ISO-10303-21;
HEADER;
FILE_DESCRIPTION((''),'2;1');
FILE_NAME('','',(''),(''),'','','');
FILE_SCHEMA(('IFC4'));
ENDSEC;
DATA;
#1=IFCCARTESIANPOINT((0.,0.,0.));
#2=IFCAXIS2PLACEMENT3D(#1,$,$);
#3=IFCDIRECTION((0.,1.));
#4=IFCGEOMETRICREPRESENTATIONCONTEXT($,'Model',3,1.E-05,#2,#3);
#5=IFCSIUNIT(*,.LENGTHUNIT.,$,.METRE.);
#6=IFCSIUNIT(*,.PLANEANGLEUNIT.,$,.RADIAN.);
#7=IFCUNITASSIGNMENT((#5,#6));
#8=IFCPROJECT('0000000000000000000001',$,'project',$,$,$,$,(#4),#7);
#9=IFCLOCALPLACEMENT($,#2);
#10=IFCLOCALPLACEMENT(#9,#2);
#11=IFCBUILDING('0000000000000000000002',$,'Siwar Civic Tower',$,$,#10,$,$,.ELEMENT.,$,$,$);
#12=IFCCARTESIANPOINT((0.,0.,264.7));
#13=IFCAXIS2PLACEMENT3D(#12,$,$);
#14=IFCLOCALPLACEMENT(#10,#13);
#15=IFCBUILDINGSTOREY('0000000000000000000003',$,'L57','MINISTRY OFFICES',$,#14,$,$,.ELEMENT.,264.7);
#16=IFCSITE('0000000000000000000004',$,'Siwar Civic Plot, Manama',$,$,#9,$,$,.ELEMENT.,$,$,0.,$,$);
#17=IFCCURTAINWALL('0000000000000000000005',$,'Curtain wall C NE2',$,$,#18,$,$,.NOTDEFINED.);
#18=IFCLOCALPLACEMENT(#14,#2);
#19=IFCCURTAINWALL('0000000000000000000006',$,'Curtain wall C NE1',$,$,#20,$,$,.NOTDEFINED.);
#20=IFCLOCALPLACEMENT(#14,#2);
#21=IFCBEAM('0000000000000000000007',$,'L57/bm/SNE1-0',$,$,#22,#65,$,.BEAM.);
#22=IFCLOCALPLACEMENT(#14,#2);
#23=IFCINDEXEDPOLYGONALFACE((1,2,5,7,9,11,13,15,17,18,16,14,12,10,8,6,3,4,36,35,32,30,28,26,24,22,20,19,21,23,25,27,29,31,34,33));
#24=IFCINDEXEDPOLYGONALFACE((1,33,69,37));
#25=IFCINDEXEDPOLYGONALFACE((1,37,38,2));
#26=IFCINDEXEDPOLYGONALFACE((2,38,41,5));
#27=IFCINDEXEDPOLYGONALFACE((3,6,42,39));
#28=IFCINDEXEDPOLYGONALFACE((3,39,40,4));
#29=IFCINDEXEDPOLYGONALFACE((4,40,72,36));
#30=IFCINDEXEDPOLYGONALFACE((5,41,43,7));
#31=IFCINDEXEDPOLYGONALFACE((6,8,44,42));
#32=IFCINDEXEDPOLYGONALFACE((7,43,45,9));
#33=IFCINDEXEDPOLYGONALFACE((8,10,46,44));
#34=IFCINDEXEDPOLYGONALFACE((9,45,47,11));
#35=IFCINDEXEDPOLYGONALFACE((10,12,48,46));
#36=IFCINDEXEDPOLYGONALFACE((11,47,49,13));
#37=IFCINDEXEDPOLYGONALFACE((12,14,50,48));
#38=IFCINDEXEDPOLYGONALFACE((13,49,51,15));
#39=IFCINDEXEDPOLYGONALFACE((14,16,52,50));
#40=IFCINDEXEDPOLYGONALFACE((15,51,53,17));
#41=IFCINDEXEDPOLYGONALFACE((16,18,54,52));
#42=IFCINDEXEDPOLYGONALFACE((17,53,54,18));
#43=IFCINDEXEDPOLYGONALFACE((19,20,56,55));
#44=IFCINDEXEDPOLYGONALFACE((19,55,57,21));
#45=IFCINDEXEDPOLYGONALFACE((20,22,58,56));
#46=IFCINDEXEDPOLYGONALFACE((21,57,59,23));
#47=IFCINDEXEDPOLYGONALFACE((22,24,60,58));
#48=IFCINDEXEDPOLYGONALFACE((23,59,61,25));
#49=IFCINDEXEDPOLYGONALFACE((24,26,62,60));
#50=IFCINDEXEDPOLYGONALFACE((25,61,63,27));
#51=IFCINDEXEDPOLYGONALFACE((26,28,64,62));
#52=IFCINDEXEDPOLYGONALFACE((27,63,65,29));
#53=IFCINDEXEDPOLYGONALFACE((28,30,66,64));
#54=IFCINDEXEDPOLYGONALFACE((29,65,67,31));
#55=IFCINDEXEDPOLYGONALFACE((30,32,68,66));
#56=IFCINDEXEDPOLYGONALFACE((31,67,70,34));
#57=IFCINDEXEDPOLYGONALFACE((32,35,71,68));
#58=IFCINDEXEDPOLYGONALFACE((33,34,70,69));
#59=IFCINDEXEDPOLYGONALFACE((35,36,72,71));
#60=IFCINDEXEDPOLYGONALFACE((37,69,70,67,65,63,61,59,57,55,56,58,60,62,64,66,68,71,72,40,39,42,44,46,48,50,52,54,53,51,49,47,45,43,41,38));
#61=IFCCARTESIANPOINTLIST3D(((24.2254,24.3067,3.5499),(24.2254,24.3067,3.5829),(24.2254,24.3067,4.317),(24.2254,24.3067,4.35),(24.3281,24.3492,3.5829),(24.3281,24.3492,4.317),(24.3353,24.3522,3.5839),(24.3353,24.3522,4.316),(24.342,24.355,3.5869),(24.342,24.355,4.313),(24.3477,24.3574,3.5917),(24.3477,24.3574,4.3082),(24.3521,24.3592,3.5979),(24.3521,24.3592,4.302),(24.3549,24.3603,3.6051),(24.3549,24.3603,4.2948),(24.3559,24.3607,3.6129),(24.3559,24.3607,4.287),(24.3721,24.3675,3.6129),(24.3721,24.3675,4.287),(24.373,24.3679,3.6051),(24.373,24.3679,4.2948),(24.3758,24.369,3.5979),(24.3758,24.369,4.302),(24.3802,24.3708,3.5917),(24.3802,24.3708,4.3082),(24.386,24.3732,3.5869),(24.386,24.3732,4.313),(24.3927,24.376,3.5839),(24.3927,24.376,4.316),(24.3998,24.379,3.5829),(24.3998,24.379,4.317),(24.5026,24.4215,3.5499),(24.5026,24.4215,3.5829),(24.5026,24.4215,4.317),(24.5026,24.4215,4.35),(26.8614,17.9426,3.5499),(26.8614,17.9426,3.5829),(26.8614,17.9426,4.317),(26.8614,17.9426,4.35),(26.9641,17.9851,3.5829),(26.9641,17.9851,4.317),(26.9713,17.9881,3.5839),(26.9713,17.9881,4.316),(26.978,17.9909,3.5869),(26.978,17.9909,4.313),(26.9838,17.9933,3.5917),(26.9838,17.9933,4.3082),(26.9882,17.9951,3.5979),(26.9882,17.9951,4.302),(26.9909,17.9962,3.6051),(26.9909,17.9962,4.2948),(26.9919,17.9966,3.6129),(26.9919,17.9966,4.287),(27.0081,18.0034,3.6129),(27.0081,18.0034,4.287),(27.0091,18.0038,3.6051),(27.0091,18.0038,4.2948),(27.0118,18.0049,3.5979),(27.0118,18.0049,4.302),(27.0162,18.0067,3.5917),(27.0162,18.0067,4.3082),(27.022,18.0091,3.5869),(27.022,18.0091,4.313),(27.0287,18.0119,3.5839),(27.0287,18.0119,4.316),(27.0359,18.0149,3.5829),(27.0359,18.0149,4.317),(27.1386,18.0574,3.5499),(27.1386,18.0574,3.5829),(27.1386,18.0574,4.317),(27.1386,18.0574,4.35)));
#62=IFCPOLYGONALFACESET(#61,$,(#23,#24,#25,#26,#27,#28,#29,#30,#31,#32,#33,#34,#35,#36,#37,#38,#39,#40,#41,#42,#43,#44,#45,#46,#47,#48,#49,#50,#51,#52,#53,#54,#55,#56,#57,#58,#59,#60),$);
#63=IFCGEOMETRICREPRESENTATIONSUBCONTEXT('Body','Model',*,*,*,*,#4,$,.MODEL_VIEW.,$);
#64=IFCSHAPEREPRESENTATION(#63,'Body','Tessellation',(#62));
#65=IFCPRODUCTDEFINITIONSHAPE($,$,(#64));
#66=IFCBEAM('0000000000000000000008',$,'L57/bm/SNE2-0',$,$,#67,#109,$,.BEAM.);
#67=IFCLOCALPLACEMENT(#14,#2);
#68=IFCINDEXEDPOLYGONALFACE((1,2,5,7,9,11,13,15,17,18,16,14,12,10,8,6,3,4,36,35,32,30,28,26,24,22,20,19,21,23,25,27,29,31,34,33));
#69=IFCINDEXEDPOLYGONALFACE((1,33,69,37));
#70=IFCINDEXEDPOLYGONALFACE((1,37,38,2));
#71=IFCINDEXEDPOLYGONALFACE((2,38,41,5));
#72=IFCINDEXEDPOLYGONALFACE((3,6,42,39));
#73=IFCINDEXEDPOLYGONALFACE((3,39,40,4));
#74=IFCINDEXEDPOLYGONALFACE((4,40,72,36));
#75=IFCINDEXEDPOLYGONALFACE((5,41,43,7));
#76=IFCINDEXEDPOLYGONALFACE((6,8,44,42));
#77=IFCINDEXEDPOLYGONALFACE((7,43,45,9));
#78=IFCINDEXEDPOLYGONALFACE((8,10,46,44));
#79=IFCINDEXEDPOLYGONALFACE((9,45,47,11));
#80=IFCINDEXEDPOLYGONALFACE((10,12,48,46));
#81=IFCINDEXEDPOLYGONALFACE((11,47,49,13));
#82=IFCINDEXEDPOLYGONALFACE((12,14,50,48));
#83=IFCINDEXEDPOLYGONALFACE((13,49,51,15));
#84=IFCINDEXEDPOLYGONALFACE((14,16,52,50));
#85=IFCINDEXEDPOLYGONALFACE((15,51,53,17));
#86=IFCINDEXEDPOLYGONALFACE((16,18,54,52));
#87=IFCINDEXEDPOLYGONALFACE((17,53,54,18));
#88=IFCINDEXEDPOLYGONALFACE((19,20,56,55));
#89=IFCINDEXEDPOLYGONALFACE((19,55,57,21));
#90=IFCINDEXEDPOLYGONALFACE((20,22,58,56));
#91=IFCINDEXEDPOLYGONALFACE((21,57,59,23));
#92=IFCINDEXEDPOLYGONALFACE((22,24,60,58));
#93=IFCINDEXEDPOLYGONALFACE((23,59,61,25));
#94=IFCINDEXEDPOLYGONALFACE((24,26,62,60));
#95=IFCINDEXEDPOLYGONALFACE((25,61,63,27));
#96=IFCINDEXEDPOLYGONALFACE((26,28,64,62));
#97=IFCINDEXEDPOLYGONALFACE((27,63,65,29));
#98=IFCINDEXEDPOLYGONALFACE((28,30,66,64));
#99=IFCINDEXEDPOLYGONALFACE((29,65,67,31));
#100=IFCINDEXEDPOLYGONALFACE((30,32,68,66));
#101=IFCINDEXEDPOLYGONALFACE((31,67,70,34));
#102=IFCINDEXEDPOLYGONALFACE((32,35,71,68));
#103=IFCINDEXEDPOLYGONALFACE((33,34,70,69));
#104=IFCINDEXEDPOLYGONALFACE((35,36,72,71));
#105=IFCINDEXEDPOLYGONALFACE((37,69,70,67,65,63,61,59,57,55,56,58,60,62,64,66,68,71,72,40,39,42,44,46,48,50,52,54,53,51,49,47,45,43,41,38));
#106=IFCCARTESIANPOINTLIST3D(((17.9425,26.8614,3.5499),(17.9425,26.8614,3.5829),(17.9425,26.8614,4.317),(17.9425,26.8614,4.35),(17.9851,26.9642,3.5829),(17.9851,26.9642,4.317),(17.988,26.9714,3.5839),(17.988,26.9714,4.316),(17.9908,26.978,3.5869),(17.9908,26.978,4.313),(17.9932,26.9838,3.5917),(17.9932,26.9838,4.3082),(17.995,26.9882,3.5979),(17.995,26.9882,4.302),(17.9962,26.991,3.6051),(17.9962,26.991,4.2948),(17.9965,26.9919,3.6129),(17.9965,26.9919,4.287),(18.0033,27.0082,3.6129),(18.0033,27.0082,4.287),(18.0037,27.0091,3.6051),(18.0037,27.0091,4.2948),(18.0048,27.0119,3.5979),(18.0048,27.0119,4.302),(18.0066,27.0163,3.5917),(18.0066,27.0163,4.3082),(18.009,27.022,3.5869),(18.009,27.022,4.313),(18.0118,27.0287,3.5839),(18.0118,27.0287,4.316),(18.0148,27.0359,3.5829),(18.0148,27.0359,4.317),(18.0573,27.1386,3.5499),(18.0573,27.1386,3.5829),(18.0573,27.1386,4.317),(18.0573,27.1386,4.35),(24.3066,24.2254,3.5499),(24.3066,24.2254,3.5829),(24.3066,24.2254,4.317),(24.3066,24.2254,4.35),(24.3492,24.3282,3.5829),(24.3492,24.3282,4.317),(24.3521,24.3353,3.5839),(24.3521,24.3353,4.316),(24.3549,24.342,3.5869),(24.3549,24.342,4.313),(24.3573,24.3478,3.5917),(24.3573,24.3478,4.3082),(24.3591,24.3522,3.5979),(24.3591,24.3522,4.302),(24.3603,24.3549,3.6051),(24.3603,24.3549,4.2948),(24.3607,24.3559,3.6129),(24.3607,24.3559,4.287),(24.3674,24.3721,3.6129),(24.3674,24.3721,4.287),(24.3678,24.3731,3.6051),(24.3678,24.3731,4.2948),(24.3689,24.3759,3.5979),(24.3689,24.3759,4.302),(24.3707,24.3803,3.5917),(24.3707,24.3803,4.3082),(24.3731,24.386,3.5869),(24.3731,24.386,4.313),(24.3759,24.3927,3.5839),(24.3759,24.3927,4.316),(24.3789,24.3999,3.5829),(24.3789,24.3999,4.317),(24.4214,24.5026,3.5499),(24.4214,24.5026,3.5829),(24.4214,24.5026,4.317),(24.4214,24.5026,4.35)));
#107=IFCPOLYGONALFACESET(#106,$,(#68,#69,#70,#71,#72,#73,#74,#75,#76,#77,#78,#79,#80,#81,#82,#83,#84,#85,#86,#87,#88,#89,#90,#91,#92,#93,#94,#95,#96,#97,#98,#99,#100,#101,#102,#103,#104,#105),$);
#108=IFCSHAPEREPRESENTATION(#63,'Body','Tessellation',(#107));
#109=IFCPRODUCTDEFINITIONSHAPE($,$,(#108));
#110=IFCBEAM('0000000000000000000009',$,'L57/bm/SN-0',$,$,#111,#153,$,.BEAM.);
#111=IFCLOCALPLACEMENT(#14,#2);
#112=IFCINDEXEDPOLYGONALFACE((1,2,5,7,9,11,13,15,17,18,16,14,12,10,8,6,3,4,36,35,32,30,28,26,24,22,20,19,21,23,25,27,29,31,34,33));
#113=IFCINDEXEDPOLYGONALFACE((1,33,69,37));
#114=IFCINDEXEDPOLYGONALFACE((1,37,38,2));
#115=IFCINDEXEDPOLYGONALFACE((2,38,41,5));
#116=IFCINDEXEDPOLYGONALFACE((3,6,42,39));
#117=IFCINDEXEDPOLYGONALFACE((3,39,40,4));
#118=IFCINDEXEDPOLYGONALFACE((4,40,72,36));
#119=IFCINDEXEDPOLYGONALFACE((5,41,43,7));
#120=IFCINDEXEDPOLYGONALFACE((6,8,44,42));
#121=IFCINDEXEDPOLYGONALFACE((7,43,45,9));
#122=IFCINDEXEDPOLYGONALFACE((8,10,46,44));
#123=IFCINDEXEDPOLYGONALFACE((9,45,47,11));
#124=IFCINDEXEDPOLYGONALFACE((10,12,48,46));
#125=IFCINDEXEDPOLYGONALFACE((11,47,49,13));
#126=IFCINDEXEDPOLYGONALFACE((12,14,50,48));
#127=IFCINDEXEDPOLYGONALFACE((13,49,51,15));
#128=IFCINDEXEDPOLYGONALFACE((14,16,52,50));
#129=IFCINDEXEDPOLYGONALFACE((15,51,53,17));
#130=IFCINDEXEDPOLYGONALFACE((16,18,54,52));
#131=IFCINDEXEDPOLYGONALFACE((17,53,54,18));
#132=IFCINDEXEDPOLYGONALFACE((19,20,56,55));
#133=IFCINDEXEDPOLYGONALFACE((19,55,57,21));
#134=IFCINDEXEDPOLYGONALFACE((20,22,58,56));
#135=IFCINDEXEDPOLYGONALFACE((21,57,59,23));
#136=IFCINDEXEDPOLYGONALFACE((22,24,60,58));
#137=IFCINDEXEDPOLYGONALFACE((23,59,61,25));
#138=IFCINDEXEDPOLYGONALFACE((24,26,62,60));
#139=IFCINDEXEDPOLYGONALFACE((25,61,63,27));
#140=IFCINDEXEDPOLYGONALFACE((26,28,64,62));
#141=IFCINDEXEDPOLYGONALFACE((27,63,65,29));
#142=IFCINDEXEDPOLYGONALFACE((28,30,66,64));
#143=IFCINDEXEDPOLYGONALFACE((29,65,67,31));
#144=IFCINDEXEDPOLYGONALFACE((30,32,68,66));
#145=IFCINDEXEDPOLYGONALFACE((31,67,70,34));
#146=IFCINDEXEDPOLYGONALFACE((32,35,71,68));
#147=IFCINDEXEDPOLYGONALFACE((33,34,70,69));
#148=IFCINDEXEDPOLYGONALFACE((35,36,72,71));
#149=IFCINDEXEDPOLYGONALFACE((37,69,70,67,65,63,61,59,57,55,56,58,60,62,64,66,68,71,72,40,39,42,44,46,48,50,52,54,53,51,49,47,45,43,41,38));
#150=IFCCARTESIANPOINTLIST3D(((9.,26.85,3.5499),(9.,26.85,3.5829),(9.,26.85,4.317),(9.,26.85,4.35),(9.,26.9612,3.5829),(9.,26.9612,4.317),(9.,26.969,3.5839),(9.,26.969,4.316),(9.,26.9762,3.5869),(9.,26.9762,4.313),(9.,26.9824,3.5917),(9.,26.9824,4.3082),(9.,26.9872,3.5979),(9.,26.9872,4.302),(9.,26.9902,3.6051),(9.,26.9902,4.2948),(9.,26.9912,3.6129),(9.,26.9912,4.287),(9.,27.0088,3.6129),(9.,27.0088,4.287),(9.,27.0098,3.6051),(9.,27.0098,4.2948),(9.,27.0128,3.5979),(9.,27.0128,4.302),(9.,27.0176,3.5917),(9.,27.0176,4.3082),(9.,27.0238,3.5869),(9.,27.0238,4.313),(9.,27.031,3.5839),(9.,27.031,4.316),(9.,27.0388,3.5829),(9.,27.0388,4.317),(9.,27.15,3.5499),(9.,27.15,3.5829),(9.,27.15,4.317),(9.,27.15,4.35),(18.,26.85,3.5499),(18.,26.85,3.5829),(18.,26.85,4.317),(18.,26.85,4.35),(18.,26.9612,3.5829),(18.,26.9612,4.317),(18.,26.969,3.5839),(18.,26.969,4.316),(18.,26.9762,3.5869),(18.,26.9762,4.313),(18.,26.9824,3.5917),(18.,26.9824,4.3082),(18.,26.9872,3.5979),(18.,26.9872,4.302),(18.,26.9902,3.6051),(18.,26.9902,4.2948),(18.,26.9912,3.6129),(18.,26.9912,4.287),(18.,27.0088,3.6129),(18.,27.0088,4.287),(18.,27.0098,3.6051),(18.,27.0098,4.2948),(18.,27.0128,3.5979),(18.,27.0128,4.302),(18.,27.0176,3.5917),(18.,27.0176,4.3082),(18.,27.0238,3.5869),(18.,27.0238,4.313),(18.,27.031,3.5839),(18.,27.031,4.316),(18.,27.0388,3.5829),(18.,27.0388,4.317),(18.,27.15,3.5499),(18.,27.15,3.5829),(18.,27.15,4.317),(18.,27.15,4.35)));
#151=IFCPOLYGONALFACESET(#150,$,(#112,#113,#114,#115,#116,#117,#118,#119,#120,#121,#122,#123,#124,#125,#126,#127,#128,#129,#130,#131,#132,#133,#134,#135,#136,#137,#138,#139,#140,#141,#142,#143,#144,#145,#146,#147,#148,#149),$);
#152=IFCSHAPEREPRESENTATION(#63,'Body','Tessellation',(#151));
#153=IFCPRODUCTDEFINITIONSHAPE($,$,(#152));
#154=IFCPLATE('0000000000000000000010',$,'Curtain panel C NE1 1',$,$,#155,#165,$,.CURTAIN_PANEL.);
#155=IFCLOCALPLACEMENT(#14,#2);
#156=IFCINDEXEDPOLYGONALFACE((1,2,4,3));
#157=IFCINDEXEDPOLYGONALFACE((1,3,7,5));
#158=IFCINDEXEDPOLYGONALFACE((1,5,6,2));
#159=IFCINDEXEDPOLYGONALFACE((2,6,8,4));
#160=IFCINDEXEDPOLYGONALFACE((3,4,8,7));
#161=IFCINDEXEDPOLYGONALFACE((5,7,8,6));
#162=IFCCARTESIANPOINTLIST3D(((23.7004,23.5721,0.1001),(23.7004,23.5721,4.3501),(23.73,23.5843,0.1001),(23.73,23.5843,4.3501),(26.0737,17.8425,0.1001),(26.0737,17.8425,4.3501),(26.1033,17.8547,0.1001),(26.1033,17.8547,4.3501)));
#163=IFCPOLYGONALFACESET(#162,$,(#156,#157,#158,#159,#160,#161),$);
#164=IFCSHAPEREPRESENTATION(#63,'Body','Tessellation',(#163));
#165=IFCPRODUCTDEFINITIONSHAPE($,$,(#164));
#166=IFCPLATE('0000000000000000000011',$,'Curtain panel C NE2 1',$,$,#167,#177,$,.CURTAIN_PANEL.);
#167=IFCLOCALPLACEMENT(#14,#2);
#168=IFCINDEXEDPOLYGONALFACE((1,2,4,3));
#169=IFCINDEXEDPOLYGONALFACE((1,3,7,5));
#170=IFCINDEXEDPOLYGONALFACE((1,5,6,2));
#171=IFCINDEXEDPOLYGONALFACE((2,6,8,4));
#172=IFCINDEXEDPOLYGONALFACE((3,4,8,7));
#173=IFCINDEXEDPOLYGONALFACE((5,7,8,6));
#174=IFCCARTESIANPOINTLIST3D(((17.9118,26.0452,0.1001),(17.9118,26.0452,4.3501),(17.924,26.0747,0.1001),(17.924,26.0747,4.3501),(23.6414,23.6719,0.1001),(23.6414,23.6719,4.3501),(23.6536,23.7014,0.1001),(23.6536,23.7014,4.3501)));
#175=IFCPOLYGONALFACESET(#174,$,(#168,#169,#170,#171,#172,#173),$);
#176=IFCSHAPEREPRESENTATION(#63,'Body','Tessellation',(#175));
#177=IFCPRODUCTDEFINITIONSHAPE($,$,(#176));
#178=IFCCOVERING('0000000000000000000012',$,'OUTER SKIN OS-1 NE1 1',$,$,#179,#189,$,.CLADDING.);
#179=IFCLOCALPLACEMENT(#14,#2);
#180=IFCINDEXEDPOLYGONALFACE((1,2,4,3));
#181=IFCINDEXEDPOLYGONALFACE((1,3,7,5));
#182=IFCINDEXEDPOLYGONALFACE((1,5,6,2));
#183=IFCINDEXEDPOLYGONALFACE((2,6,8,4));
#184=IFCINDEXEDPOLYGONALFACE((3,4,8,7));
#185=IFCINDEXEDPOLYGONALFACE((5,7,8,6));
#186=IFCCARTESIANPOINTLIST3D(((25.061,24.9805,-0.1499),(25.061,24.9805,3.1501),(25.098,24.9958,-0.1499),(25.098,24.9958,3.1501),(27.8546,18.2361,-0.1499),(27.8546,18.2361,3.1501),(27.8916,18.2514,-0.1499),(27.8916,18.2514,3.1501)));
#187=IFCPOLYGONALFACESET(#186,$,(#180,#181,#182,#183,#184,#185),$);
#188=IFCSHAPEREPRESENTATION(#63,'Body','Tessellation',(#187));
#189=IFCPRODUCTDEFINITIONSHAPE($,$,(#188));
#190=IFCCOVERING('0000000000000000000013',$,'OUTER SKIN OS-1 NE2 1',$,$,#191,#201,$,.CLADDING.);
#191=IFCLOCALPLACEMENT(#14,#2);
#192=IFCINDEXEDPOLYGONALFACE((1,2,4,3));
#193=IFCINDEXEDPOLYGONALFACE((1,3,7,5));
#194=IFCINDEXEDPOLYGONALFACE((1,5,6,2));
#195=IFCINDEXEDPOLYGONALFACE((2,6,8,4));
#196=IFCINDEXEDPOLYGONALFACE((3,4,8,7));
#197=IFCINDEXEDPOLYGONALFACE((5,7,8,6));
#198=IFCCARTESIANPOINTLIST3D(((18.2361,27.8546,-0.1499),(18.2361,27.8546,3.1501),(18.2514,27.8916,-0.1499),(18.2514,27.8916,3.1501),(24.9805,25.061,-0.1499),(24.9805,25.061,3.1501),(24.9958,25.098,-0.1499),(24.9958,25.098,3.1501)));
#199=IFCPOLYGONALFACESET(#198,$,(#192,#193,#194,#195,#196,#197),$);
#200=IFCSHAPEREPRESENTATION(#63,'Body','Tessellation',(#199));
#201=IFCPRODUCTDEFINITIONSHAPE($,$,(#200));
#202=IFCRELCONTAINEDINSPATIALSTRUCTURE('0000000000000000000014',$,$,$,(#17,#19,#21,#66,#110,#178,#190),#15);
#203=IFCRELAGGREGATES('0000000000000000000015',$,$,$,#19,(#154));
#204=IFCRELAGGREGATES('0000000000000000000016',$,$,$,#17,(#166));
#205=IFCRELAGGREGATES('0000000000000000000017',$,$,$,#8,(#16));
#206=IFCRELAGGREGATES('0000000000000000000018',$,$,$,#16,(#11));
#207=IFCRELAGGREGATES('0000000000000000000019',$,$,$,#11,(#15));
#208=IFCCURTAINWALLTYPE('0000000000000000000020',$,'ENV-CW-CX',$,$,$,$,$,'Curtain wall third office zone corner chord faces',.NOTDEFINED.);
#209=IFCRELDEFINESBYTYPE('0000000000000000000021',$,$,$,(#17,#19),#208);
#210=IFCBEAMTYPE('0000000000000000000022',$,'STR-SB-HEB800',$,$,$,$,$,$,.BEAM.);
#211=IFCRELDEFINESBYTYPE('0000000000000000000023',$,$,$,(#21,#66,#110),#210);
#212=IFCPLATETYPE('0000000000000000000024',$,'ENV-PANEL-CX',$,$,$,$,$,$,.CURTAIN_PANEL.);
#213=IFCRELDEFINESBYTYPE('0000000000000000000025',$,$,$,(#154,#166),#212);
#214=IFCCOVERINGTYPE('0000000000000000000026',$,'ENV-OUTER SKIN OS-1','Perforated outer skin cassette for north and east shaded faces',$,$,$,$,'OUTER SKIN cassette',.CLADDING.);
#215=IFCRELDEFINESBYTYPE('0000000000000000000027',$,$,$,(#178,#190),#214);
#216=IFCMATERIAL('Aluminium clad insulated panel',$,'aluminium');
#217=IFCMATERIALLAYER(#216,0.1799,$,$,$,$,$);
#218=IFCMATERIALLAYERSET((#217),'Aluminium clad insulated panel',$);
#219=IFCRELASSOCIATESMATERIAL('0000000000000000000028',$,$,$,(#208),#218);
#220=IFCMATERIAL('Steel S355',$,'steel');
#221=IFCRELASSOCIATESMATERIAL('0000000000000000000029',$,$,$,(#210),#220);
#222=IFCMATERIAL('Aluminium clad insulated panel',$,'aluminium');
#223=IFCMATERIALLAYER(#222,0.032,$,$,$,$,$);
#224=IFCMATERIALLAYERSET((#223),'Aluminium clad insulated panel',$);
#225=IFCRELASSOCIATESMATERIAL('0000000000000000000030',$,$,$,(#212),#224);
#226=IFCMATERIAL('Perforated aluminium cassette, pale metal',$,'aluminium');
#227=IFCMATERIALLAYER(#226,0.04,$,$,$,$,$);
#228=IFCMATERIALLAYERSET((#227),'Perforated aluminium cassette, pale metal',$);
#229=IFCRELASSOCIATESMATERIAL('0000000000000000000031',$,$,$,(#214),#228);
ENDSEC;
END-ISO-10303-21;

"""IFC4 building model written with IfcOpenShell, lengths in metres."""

from ifc_helpers import new_model, si_unit, direction, frame, origin, origin_2d, place, context, subcontext, project, spatial, rectangle, i_section, extrude, material, layer, layer_set, material_profile, profile_set, type_object, element, aggregate, save


model = new_model("IFC4")

# Units and contexts
model_context = context("Model", 3, precision=1e-05, world=origin(), true_north=direction((0.0, 1.0)))
body_context = subcontext(model_context, "Body", "Model", "MODEL_VIEW")
ifc_project = project(units=[si_unit("LENGTHUNIT", "METRE"), si_unit("PLANEANGLEUNIT", "RADIAN")], contexts=[model_context])

# Site, building, storey
site_placement = place(None, origin())
site = spatial("IfcSite", under=ifc_project, at=site_placement, Name="Siwar Civic Plot, Manama", CompositionType="ELEMENT", RefElevation=0.0)
building_placement = place(site_placement, origin())
building = spatial("IfcBuilding", under=site, at=building_placement, Name="Siwar Civic Tower", CompositionType="ELEMENT")
storey_placement = place(building_placement, frame((0.0, 0.0, 264.7)))
storey = spatial("IfcBuildingStorey", under=building, at=storey_placement, Name="L57", Description="MINISTRY OFFICES", CompositionType="ELEMENT", Elevation=264.7)

# Curtain walls
ifc_material_1 = material(Name="Aluminium clad insulated panel", Category="aluminium")
ifc_layer_1 = layer(ifc_material_1, 0.1799)
ifc_layer_set_1 = layer_set([ifc_layer_1], Name="Aluminium clad insulated panel")
curtain_wall_type_1 = type_object("IfcCurtainWallType", Name="ENV-CW-CX", ElementType="Curtain wall third office zone corner chord faces", PredefinedType="NOTDEFINED", material=ifc_layer_set_1)
curtain_wall_1_placement = place(storey_placement, origin())
curtain_wall_1 = element("IfcCurtainWall", 1, at=curtain_wall_1_placement, inside=storey, type_object=curtain_wall_type_1, Name="Curtain wall C NE2", PredefinedType="NOTDEFINED")
curtain_wall_2_placement = place(storey_placement, origin())
curtain_wall_2 = element("IfcCurtainWall", 2, at=curtain_wall_2_placement, inside=storey, type_object=curtain_wall_type_1, Name="Curtain wall C NE1", PredefinedType="NOTDEFINED")

# Beams
ifc_material_2 = material(Name="Steel S355", Category="steel")
ifc_material_profile_1 = material_profile(ifc_material_2, i_section(OverallWidth=0.3, OverallDepth=0.8, WebThickness=0.0176, FlangeThickness=0.033, FilletRadius=0.03, at=origin_2d()), Name="HEB800")
ifc_profile_set_1 = profile_set([ifc_material_profile_1], Name="Steel S355")
beam_type_1 = type_object("IfcBeamType", Name="STR-SB-HEB800", PredefinedType="BEAM", material=ifc_profile_set_1)
for number, where, z_axis, x_axis, name in (
    (3, (27.0, 18.0, 3.95), (-0.382674, 0.923883, 0.0), (-0.923883, -0.382674, 0.0), "L57/bm/SNE1-0"),
    (4, (24.364, 24.364, 3.95), (-0.923883, 0.382674, 0.0), (-0.382674, -0.923883, 0.0), "L57/bm/SNE2-0"),
):
    element("IfcBeam", number, at=place(storey_placement, frame(where, z_axis=z_axis, x_axis=x_axis)), inside=storey, type_object=beam_type_1, Name=name, PredefinedType="BEAM", context=body_context, shape_type="SweptSolid", body=[
        extrude(i_section(OverallWidth=0.3, OverallDepth=0.8, WebThickness=0.0176, FlangeThickness=0.033, FilletRadius=0.03, at=origin_2d()), origin(), (0.0, 0.0, 1.0), 6.8884),
    ])
beam_1_placement = place(storey_placement, frame((18.0, 27.0, 3.95), z_axis=(-1.0, 0.0, 0.0), x_axis=(0.0, -1.0, 0.0)))
element("IfcBeam", 5, at=beam_1_placement, inside=storey, type_object=beam_type_1, Name="L57/bm/SN-0", PredefinedType="BEAM", context=body_context, shape_type="SweptSolid", body=[
    extrude(i_section(OverallWidth=0.3, OverallDepth=0.8, WebThickness=0.0176, FlangeThickness=0.033, FilletRadius=0.03, at=origin_2d()), origin(), (0.0, 0.0, 1.0), 9.0),
])

# Plates
ifc_material_3 = material(Name="Aluminium clad insulated panel", Category="aluminium")
ifc_layer_2 = layer(ifc_material_3, 0.032)
ifc_layer_set_2 = layer_set([ifc_layer_2], Name="Aluminium clad insulated panel")
plate_type = type_object("IfcPlateType", Name="ENV-PANEL-CX", PredefinedType="CURTAIN_PANEL", material=ifc_layer_set_2)
plate_1_placement = place(storey_placement, frame((24.9019, 20.7134, 0.1001), z_axis=(0.0, 0.0, 1.0), x_axis=(-0.382683, 0.92388, 0.0)))
plate_1 = element("IfcPlate", 6, at=plate_1_placement, type_object=plate_type, Name="Curtain panel C NE1 1", PredefinedType="CURTAIN_PANEL", context=body_context, shape_type="SweptSolid", body=[
    extrude(rectangle(XDim=6.2017, YDim=0.032, at=origin_2d()), origin(), (0.0, 0.0, 1.0), 4.25),
])
aggregate(curtain_wall_2, [plate_1])
plate_2_placement = place(storey_placement, frame((20.7827, 24.8733, 0.1001), z_axis=(0.0, 0.0, 1.0), x_axis=(-0.92388, 0.382683, 0.0)))
plate_2 = element("IfcPlate", 7, at=plate_2_placement, type_object=plate_type, Name="Curtain panel C NE2 1", PredefinedType="CURTAIN_PANEL", context=body_context, shape_type="SweptSolid", body=[
    extrude(rectangle(XDim=6.2017, YDim=0.032, at=origin_2d()), origin(), (0.0, 0.0, 1.0), 4.25),
])
aggregate(curtain_wall_1, [plate_2])

# Coverings
ifc_material_4 = material(Name="Perforated aluminium cassette, pale metal", Category="aluminium")
ifc_layer_3 = layer(ifc_material_4, 0.04)
ifc_layer_set_3 = layer_set([ifc_layer_3], Name="Perforated aluminium cassette, pale metal")
covering_type = type_object("IfcCoveringType", Name="ENV-OUTER SKIN OS-1", Description="Perforated outer skin cassette for north and east shaded faces", ElementType="OUTER SKIN cassette", PredefinedType="CLADDING", material=ifc_layer_set_3)
for number, where, z_axis, x_axis, name in (
    (8, (26.4763, 21.616, -0.1499), (0.0, 0.0, 1.0), (-0.382683, 0.92388, 0.0), "OUTER SKIN OS-1 NE1 1"),
    (9, (21.616, 26.4763, -0.1499), (0.0, 0.0, 1.0), (-0.92388, 0.382683, 0.0), "OUTER SKIN OS-1 NE2 1"),
):
    element("IfcCovering", number, at=place(storey_placement, frame(where, z_axis=z_axis, x_axis=x_axis)), inside=storey, type_object=covering_type, Name=name, PredefinedType="CLADDING", context=body_context, shape_type="SweptSolid", body=[
        extrude(rectangle(XDim=7.3, YDim=0.04, at=origin_2d()), origin(), (0.0, 0.0, 1.0), 3.3),
    ])

save(model, "model.ifc")
